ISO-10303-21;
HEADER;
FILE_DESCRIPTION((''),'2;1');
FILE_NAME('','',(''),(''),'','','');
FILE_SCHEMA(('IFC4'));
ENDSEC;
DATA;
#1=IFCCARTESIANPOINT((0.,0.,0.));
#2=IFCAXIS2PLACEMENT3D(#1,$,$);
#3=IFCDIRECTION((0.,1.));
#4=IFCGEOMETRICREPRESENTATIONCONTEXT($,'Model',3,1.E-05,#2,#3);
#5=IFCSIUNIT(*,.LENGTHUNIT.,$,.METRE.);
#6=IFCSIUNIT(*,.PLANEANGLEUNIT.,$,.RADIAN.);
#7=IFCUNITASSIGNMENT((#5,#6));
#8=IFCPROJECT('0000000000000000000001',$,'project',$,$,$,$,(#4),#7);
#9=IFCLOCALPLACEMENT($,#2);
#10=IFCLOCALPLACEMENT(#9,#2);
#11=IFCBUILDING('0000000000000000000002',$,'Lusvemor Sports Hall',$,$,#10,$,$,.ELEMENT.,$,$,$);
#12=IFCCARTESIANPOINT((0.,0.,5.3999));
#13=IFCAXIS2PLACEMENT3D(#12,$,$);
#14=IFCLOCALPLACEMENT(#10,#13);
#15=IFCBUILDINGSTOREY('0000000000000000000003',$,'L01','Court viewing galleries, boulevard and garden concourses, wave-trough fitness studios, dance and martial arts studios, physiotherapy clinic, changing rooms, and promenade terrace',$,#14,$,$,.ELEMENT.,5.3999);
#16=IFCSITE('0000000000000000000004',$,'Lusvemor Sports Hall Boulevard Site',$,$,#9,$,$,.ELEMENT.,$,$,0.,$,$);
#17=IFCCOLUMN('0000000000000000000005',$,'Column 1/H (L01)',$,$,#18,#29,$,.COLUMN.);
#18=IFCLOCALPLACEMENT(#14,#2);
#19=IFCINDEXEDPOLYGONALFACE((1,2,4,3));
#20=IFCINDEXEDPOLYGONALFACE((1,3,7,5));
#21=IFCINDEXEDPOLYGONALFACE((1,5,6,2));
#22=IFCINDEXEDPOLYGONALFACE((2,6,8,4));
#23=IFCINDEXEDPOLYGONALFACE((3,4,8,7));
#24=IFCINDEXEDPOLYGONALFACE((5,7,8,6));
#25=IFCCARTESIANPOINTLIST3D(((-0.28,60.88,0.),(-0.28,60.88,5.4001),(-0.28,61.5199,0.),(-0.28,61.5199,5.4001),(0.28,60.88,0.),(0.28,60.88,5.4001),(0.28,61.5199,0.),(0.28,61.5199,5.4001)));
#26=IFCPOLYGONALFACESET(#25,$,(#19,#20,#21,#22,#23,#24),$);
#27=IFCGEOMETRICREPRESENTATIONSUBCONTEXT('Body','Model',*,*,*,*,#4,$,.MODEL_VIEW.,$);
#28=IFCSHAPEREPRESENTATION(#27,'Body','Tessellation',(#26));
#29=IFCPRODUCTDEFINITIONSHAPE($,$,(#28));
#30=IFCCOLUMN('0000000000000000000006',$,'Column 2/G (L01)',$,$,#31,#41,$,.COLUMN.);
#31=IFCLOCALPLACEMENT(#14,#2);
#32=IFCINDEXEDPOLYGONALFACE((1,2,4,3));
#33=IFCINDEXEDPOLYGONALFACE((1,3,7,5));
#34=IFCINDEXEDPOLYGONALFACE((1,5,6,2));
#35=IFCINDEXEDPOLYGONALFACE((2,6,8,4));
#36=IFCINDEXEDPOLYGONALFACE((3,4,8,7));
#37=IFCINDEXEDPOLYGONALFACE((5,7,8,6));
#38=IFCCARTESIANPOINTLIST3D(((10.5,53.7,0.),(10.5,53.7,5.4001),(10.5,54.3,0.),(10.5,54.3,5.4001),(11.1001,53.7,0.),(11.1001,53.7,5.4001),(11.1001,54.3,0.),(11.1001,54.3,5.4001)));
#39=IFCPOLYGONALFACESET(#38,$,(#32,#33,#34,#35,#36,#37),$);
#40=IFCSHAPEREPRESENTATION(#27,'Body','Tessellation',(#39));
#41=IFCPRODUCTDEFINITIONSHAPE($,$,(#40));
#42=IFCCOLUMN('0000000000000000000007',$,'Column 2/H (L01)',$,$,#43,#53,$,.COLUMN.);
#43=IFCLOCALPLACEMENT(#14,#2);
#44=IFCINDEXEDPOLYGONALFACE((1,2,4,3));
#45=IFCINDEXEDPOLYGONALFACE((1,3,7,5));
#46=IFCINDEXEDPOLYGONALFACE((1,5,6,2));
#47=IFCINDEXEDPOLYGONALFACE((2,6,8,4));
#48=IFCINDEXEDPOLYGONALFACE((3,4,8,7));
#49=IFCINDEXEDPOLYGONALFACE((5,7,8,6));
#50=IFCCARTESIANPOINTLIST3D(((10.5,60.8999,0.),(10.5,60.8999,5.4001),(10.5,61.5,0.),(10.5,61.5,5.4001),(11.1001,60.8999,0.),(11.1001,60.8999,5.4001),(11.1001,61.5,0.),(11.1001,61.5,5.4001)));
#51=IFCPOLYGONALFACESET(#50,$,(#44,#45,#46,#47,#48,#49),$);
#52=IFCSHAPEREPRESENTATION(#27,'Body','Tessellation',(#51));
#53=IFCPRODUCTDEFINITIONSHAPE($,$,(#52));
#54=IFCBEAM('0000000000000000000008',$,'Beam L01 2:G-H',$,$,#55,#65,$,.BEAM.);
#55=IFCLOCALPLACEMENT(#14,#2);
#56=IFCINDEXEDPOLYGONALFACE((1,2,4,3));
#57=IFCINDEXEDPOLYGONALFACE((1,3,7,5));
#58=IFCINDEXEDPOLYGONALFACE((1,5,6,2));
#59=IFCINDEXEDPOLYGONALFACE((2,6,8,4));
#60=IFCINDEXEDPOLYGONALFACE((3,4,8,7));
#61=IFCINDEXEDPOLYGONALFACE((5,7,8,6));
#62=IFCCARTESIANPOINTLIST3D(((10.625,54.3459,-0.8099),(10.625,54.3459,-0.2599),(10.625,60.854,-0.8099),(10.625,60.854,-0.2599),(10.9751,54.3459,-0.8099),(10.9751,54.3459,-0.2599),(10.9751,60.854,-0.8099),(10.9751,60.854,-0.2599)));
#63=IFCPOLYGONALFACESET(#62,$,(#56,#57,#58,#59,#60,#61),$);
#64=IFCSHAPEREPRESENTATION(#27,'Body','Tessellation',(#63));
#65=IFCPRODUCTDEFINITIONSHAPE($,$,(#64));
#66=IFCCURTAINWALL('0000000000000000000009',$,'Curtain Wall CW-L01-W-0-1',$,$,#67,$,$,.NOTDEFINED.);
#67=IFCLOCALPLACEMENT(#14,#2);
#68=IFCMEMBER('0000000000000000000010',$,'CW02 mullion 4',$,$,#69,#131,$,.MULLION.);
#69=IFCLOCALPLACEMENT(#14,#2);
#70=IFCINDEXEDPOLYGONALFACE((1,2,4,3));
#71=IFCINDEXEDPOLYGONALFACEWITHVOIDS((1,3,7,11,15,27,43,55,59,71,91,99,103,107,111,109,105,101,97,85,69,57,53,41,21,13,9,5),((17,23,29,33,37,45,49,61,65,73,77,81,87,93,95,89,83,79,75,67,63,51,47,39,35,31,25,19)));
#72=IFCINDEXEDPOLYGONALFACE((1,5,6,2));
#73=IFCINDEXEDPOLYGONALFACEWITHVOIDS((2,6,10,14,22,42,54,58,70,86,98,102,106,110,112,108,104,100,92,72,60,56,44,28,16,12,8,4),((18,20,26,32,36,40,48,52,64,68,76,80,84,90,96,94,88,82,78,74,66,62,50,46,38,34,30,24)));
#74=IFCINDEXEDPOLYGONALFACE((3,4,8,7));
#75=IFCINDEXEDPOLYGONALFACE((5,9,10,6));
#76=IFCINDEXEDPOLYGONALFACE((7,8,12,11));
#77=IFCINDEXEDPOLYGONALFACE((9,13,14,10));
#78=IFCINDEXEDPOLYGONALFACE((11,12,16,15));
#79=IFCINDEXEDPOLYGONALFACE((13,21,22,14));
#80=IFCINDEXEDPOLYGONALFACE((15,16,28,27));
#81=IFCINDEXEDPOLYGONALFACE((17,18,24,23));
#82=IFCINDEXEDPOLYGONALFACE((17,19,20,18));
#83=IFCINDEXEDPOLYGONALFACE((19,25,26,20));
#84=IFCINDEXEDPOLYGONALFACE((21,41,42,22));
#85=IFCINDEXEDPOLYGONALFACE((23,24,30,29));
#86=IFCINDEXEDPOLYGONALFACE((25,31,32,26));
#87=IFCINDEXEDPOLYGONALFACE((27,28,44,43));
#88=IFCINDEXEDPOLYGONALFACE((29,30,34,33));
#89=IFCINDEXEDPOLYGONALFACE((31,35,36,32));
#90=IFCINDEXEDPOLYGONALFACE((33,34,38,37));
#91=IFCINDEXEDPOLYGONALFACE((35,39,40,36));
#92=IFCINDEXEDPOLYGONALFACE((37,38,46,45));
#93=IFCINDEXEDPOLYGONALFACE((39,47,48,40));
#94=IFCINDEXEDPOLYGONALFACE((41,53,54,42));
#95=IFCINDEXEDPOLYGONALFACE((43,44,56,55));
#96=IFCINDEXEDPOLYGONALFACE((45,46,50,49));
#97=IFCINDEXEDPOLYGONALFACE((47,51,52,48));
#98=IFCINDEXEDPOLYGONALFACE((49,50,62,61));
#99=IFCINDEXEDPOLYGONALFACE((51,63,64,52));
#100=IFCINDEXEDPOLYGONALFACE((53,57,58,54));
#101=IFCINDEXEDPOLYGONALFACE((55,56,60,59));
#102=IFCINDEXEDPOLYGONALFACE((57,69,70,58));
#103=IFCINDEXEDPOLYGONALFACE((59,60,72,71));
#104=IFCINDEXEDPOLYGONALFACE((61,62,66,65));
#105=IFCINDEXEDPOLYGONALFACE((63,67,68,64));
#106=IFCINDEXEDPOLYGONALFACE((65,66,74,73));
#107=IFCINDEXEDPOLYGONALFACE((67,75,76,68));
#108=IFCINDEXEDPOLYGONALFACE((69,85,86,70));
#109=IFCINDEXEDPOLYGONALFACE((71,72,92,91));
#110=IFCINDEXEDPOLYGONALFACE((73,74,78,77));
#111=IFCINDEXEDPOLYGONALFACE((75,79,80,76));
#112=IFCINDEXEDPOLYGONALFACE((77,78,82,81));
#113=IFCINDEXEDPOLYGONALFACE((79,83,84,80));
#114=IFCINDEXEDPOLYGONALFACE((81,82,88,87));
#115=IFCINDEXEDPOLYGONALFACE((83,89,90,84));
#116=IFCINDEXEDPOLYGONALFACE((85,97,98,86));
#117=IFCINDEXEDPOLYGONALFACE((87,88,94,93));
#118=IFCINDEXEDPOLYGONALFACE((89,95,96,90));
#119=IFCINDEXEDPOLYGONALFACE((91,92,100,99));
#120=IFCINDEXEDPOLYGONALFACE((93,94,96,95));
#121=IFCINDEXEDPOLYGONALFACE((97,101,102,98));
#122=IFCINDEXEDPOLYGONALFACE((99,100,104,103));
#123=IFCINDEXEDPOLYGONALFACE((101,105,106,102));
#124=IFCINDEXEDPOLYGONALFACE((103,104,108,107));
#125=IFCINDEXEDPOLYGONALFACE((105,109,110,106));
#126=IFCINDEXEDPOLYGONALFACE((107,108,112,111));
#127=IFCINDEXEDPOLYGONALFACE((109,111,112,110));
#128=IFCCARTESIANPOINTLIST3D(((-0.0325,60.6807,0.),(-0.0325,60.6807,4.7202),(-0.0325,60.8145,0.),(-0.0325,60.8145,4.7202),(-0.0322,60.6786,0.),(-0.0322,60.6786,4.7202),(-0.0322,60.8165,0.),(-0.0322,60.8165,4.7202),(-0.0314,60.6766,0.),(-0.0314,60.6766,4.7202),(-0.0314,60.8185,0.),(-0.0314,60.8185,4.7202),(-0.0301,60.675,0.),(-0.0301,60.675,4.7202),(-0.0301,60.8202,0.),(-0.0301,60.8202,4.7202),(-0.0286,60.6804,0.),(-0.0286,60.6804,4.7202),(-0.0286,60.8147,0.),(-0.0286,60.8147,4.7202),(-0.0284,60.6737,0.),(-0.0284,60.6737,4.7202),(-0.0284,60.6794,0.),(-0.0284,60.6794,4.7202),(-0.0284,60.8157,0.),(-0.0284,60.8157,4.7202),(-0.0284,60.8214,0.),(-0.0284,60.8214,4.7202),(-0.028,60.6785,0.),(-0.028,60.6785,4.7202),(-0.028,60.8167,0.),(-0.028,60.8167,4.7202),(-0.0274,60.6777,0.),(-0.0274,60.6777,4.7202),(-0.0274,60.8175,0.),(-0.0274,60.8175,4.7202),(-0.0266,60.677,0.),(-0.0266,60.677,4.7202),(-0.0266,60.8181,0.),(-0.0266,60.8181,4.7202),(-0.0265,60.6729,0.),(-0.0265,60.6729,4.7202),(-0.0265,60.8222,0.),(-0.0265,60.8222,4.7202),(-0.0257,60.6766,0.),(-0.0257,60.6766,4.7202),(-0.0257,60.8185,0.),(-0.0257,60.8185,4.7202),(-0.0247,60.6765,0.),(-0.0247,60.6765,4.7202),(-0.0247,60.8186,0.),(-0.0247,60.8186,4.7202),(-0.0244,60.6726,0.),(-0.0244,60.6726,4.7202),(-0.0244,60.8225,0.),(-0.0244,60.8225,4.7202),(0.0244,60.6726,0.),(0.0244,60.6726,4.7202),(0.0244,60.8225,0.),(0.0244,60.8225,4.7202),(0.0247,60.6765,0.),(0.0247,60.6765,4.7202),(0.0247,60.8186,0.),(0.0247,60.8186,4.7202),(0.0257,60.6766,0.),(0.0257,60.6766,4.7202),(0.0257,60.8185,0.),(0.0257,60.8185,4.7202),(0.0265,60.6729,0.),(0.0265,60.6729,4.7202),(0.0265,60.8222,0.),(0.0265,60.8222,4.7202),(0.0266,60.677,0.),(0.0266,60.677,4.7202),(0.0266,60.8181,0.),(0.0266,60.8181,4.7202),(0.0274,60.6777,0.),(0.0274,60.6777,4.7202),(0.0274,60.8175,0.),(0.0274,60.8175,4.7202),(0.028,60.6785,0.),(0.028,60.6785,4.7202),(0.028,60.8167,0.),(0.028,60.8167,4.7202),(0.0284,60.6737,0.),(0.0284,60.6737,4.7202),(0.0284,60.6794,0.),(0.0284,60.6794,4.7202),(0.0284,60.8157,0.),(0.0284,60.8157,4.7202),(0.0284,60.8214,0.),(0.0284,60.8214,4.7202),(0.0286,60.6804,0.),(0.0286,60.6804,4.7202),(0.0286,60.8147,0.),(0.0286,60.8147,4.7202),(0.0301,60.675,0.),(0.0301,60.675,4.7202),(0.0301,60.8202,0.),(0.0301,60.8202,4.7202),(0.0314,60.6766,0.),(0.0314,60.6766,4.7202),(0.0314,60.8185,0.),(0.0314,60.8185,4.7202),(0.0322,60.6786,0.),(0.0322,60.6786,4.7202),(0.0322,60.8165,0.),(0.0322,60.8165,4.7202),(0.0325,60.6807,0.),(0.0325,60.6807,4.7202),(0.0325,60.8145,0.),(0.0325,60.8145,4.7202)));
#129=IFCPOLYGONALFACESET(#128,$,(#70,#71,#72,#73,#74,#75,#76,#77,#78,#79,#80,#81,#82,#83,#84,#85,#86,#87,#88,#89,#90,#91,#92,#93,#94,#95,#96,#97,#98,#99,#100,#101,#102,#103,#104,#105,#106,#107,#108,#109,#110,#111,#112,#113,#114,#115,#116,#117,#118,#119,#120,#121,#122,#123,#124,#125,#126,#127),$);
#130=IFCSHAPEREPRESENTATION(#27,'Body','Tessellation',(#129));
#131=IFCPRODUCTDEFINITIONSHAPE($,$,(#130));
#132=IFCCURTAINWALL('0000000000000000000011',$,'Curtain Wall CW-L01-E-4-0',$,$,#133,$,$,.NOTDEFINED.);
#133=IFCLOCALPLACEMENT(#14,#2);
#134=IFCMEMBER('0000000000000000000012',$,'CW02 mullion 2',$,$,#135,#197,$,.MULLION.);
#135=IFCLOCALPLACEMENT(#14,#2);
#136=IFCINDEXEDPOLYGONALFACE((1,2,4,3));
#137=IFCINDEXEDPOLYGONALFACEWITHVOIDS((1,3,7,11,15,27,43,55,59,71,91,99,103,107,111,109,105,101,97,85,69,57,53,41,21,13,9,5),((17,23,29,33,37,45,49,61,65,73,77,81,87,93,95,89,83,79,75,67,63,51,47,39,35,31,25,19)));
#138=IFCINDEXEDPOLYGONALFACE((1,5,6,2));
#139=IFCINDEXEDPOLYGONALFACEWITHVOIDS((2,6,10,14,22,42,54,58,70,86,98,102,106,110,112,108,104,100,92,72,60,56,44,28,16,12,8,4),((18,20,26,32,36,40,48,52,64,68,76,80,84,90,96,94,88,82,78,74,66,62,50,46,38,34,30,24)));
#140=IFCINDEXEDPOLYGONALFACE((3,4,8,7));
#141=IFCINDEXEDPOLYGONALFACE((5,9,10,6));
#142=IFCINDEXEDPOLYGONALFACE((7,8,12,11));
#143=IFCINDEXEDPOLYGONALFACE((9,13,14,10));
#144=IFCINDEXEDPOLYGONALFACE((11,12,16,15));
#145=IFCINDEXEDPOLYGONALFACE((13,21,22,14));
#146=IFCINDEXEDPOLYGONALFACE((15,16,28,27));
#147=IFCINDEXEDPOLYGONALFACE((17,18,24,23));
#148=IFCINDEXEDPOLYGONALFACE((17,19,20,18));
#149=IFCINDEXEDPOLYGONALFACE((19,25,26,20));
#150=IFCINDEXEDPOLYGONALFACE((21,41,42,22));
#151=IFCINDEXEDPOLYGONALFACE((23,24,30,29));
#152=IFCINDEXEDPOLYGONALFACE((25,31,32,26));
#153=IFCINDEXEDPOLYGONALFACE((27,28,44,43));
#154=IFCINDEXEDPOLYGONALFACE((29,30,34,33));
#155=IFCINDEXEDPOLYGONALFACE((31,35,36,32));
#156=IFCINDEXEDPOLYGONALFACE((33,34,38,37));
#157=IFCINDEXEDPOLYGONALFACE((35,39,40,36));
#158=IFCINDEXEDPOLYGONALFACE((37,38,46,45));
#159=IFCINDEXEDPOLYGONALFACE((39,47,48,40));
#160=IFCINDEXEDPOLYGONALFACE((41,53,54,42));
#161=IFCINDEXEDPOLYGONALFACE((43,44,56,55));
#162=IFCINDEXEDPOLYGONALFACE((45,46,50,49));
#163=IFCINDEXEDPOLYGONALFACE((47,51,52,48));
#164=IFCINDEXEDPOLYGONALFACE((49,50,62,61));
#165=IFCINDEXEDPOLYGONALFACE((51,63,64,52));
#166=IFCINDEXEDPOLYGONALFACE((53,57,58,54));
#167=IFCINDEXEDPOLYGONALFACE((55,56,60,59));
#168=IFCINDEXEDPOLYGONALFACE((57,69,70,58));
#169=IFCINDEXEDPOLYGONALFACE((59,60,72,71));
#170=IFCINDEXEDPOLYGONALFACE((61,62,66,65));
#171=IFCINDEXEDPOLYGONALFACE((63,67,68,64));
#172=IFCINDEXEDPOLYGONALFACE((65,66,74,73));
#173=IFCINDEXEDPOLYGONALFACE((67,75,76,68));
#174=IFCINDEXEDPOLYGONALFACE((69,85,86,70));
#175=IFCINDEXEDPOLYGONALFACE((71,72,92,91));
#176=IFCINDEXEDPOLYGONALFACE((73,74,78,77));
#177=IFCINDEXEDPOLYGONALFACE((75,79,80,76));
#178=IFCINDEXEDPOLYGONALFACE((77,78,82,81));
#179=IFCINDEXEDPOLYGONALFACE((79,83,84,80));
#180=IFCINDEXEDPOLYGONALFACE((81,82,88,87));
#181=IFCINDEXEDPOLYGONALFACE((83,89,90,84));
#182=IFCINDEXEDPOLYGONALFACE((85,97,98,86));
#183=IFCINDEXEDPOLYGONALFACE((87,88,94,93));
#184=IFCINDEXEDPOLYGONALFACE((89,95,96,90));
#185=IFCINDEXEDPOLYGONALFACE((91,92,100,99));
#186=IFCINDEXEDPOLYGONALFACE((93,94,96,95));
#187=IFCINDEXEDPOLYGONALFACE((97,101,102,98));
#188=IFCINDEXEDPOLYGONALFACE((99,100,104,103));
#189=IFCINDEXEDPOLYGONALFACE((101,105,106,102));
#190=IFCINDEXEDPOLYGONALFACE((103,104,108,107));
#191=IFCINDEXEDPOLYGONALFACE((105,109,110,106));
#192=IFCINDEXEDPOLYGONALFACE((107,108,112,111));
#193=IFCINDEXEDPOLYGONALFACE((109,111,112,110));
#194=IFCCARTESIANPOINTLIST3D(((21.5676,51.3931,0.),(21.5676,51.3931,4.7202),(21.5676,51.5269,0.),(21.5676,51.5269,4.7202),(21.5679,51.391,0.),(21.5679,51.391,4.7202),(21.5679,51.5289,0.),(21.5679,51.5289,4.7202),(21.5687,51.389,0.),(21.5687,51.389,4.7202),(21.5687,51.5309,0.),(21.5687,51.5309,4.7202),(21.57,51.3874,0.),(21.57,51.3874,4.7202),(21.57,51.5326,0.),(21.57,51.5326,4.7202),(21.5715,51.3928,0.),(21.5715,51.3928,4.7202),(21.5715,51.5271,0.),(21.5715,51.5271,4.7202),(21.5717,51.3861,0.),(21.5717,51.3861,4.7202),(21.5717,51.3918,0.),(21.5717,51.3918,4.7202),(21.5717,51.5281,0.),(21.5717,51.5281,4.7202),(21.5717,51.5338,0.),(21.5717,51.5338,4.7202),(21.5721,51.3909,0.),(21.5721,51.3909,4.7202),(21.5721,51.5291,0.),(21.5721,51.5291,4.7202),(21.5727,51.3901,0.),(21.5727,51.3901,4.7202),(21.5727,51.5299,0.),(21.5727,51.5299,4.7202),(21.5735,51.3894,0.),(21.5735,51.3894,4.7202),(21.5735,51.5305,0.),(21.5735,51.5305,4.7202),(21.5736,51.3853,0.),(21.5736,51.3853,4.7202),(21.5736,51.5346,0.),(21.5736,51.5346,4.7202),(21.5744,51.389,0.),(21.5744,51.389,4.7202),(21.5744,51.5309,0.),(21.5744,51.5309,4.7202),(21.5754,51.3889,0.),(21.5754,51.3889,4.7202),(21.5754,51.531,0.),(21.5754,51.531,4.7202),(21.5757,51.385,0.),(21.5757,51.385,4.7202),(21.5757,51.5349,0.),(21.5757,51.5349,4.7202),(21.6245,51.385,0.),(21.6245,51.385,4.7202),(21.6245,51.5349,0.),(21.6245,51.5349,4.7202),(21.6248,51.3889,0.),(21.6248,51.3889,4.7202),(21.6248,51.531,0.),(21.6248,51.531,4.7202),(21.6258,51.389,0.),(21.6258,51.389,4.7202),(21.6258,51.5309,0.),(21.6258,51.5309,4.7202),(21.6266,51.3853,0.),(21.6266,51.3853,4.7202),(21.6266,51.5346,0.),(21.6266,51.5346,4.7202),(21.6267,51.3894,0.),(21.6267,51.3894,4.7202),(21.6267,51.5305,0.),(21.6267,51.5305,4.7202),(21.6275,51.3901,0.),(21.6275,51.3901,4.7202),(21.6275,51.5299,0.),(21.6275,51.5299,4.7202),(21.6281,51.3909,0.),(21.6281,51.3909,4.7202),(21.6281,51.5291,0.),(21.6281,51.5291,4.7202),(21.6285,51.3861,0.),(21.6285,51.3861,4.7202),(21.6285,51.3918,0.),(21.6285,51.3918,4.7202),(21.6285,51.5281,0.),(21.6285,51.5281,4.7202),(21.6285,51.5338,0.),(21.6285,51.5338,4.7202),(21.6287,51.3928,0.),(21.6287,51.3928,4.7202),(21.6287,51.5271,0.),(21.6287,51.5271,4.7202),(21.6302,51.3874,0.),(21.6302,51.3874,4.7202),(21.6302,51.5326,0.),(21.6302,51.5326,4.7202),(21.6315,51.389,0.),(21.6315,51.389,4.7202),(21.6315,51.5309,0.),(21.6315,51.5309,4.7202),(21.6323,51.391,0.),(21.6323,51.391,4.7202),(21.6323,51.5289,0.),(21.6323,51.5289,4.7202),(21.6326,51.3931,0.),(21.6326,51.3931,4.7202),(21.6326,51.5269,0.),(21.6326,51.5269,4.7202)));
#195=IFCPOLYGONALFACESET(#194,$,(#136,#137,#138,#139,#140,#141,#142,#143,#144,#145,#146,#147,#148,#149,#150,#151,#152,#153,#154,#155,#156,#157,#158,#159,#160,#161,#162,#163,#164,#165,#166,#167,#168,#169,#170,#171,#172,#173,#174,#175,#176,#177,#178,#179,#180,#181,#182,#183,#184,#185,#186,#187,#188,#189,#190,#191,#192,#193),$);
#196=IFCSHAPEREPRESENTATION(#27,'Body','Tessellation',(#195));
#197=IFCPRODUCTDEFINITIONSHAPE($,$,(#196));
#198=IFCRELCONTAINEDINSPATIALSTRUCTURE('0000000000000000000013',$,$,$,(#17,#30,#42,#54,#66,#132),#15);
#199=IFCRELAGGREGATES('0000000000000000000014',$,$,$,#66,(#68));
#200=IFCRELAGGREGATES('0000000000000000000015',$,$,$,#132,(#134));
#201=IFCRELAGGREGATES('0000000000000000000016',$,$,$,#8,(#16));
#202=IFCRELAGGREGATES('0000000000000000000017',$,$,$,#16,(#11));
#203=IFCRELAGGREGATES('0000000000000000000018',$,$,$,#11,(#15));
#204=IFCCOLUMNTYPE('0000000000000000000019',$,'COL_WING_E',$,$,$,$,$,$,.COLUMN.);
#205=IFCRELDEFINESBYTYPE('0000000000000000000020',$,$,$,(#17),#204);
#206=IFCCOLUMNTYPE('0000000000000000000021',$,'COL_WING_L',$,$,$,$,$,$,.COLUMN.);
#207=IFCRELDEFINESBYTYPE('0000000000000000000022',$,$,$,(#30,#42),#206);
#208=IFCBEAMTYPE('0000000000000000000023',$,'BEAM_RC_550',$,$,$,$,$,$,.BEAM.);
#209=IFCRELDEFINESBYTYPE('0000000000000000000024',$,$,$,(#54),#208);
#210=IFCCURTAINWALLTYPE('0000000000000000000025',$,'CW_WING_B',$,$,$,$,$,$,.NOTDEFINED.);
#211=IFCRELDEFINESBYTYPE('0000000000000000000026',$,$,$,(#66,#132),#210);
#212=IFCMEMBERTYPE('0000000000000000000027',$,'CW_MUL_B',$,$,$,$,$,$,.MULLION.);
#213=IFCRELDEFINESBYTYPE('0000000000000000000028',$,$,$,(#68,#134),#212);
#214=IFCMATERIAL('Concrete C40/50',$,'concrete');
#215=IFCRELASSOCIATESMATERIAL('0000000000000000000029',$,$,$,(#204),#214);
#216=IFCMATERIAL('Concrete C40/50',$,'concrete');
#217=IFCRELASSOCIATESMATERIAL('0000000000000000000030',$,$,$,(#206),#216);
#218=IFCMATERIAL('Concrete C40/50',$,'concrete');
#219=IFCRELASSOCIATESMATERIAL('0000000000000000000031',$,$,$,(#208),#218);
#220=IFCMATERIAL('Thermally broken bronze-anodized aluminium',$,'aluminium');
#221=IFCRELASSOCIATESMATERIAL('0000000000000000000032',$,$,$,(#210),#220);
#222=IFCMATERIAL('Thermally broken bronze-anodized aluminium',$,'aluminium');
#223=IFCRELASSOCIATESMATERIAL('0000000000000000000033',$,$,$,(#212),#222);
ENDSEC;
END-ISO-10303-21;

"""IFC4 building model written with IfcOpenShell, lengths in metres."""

from ifc_helpers import new_model, si_unit, direction, frame, origin, origin_2d, place, context, subcontext, project, spatial, rectangle, hollow_rectangle, extrude, material, material_profile, profile_set, type_object, element, aggregate, save


model = new_model("IFC4")

# Units and contexts
model_context = context("Model", 3, precision=1e-05, world=origin(), true_north=direction((0.0, 1.0)))
body_context = subcontext(model_context, "Body", "Model", "MODEL_VIEW")
ifc_project = project(units=[si_unit("LENGTHUNIT", "METRE"), si_unit("PLANEANGLEUNIT", "RADIAN")], contexts=[model_context])

# Site, building, storey
site_placement = place(None, origin())
site = spatial("IfcSite", under=ifc_project, at=site_placement, Name="Lusvemor Sports Hall Boulevard Site", CompositionType="ELEMENT", RefElevation=0.0)
building_placement = place(site_placement, origin())
building = spatial("IfcBuilding", under=site, at=building_placement, Name="Lusvemor Sports Hall", CompositionType="ELEMENT")
storey_placement = place(building_placement, frame((0.0, 0.0, 5.3999)))
storey = spatial("IfcBuildingStorey", under=building, at=storey_placement, Name="L01", Description="Court viewing galleries, boulevard and garden concourses, wave-trough fitness studios, dance and martial arts studios, physiotherapy clinic, changing rooms, and promenade terrace", CompositionType="ELEMENT", Elevation=5.3999)

# Columns
ifc_material_1 = material(Name="Concrete C40/50", Category="concrete")
ifc_material_profile_1 = material_profile(ifc_material_1, rectangle(XDim=0.5601, YDim=0.6399, at=origin_2d()), Name="RC560x640")
ifc_profile_set_1 = profile_set([ifc_material_profile_1], Name="Concrete C40/50")
column_type_1 = type_object("IfcColumnType", Name="COL_WING_E", PredefinedType="COLUMN", material=ifc_profile_set_1)
column_placement = place(storey_placement, frame((0.0, 61.2, 0.0), z_axis=(0.0, 0.0, 1.0), x_axis=(1.0, 0.0, 0.0)))
element("IfcColumn", 1, at=column_placement, inside=storey, type_object=column_type_1, Name="Column 1/H (L01)", PredefinedType="COLUMN", context=body_context, shape_type="SweptSolid", body=[
    extrude(rectangle(XDim=0.5601, YDim=0.6399, at=origin_2d()), origin(), (0.0, 0.0, 1.0), 5.4001),
])
ifc_material_2 = material(Name="Concrete C40/50", Category="concrete")
ifc_material_profile_2 = material_profile(ifc_material_2, rectangle(XDim=0.6001, YDim=0.6001, at=origin_2d()), Name="RC600x600")
ifc_profile_set_2 = profile_set([ifc_material_profile_2], Name="Concrete C40/50")
column_type_2 = type_object("IfcColumnType", Name="COL_WING_L", PredefinedType="COLUMN", material=ifc_profile_set_2)
for number, where, z_axis, x_axis, name in (
    (2, (10.8, 54.0, 0.0), (0.0, 0.0, 1.0), (1.0, 0.0, 0.0), "Column 2/G (L01)"),
    (3, (10.8, 61.2, 0.0), (0.0, 0.0, 1.0), (1.0, 0.0, 0.0), "Column 2/H (L01)"),
):
    element("IfcColumn", number, at=place(storey_placement, frame(where, z_axis=z_axis, x_axis=x_axis)), inside=storey, type_object=column_type_2, Name=name, PredefinedType="COLUMN", context=body_context, shape_type="SweptSolid", body=[
        extrude(rectangle(XDim=0.6001, YDim=0.6001, at=origin_2d()), origin(), (0.0, 0.0, 1.0), 5.4001),
    ])

# Beam
ifc_material_3 = material(Name="Concrete C40/50", Category="concrete")
ifc_material_profile_3 = material_profile(ifc_material_3, rectangle(XDim=0.3501, YDim=0.55, at=origin_2d()), Name="RC350x550")
ifc_profile_set_3 = profile_set([ifc_material_profile_3], Name="Concrete C40/50")
beam_type_1 = type_object("IfcBeamType", Name="BEAM_RC_550", PredefinedType="BEAM", material=ifc_profile_set_3)
beam_1_placement = place(storey_placement, frame((10.8, 54.3459, -0.5349), z_axis=(0.0, 1.0, 0.0), x_axis=(-1.0, 0.0, 0.0)))
element("IfcBeam", 4, at=beam_1_placement, inside=storey, type_object=beam_type_1, Name="Beam L01 2:G-H", PredefinedType="BEAM", context=body_context, shape_type="SweptSolid", body=[
    extrude(rectangle(XDim=0.3501, YDim=0.55, at=origin_2d()), origin(), (0.0, 0.0, 1.0), 6.5081),
])

# Curtain wall, member
ifc_material_4 = material(Name="Thermally broken bronze-anodized aluminium", Category="aluminium")
curtain_wall_type = type_object("IfcCurtainWallType", Name="CW_WING_B", PredefinedType="NOTDEFINED", material=ifc_material_4)
curtain_wall_1_placement = place(storey_placement, origin())
curtain_wall_1 = element("IfcCurtainWall", 5, at=curtain_wall_1_placement, inside=storey, type_object=curtain_wall_type, Name="Curtain Wall CW-L01-W-0-1", PredefinedType="NOTDEFINED")
ifc_material_5 = material(Name="Thermally broken bronze-anodized aluminium", Category="aluminium")
ifc_material_profile_4 = material_profile(ifc_material_5, hollow_rectangle(XDim=0.0649, YDim=0.1499, WallThickness=0.0039, InnerFilletRadius=0.0039, OuterFilletRadius=0.0081, at=origin_2d()), Name="CWMUL150x65x4")
ifc_profile_set_4 = profile_set([ifc_material_profile_4], Name="Thermally broken bronze-anodized aluminium")
member_type_1 = type_object("IfcMemberType", Name="CW_MUL_B", PredefinedType="MULLION", material=ifc_profile_set_4)
member_1_placement = place(storey_placement, frame((0.0, 60.7476, 0.0), z_axis=(0.0, 0.0, 1.0), x_axis=(-1.0, 0.0, 0.0)))
member_1 = element("IfcMember", 6, at=member_1_placement, type_object=member_type_1, Name="CW02 mullion 4", PredefinedType="MULLION", context=body_context, shape_type="SweptSolid", body=[
    extrude(hollow_rectangle(XDim=0.0649, YDim=0.1499, WallThickness=0.0039, InnerFilletRadius=0.0039, OuterFilletRadius=0.0081, at=origin_2d()), origin(), (0.0, 0.0, 1.0), 4.7202),
])

# Curtain wall, member
curtain_wall_2_placement = place(storey_placement, origin())
curtain_wall_2 = element("IfcCurtainWall", 7, at=curtain_wall_2_placement, inside=storey, type_object=curtain_wall_type, Name="Curtain Wall CW-L01-E-4-0", PredefinedType="NOTDEFINED")
member_2_placement = place(storey_placement, frame((21.6001, 51.46, 0.0), z_axis=(0.0, 0.0, 1.0), x_axis=(1.0, 0.0, 0.0)))
member_2 = element("IfcMember", 8, at=member_2_placement, type_object=member_type_1, Name="CW02 mullion 2", PredefinedType="MULLION", context=body_context, shape_type="SweptSolid", body=[
    extrude(hollow_rectangle(XDim=0.0649, YDim=0.1499, WallThickness=0.0039, InnerFilletRadius=0.0039, OuterFilletRadius=0.0081, at=origin_2d()), origin(), (0.0, 0.0, 1.0), 4.7202),
])

aggregate(curtain_wall_1, [member_1])
aggregate(curtain_wall_2, [member_2])

save(model, "model.ifc")
